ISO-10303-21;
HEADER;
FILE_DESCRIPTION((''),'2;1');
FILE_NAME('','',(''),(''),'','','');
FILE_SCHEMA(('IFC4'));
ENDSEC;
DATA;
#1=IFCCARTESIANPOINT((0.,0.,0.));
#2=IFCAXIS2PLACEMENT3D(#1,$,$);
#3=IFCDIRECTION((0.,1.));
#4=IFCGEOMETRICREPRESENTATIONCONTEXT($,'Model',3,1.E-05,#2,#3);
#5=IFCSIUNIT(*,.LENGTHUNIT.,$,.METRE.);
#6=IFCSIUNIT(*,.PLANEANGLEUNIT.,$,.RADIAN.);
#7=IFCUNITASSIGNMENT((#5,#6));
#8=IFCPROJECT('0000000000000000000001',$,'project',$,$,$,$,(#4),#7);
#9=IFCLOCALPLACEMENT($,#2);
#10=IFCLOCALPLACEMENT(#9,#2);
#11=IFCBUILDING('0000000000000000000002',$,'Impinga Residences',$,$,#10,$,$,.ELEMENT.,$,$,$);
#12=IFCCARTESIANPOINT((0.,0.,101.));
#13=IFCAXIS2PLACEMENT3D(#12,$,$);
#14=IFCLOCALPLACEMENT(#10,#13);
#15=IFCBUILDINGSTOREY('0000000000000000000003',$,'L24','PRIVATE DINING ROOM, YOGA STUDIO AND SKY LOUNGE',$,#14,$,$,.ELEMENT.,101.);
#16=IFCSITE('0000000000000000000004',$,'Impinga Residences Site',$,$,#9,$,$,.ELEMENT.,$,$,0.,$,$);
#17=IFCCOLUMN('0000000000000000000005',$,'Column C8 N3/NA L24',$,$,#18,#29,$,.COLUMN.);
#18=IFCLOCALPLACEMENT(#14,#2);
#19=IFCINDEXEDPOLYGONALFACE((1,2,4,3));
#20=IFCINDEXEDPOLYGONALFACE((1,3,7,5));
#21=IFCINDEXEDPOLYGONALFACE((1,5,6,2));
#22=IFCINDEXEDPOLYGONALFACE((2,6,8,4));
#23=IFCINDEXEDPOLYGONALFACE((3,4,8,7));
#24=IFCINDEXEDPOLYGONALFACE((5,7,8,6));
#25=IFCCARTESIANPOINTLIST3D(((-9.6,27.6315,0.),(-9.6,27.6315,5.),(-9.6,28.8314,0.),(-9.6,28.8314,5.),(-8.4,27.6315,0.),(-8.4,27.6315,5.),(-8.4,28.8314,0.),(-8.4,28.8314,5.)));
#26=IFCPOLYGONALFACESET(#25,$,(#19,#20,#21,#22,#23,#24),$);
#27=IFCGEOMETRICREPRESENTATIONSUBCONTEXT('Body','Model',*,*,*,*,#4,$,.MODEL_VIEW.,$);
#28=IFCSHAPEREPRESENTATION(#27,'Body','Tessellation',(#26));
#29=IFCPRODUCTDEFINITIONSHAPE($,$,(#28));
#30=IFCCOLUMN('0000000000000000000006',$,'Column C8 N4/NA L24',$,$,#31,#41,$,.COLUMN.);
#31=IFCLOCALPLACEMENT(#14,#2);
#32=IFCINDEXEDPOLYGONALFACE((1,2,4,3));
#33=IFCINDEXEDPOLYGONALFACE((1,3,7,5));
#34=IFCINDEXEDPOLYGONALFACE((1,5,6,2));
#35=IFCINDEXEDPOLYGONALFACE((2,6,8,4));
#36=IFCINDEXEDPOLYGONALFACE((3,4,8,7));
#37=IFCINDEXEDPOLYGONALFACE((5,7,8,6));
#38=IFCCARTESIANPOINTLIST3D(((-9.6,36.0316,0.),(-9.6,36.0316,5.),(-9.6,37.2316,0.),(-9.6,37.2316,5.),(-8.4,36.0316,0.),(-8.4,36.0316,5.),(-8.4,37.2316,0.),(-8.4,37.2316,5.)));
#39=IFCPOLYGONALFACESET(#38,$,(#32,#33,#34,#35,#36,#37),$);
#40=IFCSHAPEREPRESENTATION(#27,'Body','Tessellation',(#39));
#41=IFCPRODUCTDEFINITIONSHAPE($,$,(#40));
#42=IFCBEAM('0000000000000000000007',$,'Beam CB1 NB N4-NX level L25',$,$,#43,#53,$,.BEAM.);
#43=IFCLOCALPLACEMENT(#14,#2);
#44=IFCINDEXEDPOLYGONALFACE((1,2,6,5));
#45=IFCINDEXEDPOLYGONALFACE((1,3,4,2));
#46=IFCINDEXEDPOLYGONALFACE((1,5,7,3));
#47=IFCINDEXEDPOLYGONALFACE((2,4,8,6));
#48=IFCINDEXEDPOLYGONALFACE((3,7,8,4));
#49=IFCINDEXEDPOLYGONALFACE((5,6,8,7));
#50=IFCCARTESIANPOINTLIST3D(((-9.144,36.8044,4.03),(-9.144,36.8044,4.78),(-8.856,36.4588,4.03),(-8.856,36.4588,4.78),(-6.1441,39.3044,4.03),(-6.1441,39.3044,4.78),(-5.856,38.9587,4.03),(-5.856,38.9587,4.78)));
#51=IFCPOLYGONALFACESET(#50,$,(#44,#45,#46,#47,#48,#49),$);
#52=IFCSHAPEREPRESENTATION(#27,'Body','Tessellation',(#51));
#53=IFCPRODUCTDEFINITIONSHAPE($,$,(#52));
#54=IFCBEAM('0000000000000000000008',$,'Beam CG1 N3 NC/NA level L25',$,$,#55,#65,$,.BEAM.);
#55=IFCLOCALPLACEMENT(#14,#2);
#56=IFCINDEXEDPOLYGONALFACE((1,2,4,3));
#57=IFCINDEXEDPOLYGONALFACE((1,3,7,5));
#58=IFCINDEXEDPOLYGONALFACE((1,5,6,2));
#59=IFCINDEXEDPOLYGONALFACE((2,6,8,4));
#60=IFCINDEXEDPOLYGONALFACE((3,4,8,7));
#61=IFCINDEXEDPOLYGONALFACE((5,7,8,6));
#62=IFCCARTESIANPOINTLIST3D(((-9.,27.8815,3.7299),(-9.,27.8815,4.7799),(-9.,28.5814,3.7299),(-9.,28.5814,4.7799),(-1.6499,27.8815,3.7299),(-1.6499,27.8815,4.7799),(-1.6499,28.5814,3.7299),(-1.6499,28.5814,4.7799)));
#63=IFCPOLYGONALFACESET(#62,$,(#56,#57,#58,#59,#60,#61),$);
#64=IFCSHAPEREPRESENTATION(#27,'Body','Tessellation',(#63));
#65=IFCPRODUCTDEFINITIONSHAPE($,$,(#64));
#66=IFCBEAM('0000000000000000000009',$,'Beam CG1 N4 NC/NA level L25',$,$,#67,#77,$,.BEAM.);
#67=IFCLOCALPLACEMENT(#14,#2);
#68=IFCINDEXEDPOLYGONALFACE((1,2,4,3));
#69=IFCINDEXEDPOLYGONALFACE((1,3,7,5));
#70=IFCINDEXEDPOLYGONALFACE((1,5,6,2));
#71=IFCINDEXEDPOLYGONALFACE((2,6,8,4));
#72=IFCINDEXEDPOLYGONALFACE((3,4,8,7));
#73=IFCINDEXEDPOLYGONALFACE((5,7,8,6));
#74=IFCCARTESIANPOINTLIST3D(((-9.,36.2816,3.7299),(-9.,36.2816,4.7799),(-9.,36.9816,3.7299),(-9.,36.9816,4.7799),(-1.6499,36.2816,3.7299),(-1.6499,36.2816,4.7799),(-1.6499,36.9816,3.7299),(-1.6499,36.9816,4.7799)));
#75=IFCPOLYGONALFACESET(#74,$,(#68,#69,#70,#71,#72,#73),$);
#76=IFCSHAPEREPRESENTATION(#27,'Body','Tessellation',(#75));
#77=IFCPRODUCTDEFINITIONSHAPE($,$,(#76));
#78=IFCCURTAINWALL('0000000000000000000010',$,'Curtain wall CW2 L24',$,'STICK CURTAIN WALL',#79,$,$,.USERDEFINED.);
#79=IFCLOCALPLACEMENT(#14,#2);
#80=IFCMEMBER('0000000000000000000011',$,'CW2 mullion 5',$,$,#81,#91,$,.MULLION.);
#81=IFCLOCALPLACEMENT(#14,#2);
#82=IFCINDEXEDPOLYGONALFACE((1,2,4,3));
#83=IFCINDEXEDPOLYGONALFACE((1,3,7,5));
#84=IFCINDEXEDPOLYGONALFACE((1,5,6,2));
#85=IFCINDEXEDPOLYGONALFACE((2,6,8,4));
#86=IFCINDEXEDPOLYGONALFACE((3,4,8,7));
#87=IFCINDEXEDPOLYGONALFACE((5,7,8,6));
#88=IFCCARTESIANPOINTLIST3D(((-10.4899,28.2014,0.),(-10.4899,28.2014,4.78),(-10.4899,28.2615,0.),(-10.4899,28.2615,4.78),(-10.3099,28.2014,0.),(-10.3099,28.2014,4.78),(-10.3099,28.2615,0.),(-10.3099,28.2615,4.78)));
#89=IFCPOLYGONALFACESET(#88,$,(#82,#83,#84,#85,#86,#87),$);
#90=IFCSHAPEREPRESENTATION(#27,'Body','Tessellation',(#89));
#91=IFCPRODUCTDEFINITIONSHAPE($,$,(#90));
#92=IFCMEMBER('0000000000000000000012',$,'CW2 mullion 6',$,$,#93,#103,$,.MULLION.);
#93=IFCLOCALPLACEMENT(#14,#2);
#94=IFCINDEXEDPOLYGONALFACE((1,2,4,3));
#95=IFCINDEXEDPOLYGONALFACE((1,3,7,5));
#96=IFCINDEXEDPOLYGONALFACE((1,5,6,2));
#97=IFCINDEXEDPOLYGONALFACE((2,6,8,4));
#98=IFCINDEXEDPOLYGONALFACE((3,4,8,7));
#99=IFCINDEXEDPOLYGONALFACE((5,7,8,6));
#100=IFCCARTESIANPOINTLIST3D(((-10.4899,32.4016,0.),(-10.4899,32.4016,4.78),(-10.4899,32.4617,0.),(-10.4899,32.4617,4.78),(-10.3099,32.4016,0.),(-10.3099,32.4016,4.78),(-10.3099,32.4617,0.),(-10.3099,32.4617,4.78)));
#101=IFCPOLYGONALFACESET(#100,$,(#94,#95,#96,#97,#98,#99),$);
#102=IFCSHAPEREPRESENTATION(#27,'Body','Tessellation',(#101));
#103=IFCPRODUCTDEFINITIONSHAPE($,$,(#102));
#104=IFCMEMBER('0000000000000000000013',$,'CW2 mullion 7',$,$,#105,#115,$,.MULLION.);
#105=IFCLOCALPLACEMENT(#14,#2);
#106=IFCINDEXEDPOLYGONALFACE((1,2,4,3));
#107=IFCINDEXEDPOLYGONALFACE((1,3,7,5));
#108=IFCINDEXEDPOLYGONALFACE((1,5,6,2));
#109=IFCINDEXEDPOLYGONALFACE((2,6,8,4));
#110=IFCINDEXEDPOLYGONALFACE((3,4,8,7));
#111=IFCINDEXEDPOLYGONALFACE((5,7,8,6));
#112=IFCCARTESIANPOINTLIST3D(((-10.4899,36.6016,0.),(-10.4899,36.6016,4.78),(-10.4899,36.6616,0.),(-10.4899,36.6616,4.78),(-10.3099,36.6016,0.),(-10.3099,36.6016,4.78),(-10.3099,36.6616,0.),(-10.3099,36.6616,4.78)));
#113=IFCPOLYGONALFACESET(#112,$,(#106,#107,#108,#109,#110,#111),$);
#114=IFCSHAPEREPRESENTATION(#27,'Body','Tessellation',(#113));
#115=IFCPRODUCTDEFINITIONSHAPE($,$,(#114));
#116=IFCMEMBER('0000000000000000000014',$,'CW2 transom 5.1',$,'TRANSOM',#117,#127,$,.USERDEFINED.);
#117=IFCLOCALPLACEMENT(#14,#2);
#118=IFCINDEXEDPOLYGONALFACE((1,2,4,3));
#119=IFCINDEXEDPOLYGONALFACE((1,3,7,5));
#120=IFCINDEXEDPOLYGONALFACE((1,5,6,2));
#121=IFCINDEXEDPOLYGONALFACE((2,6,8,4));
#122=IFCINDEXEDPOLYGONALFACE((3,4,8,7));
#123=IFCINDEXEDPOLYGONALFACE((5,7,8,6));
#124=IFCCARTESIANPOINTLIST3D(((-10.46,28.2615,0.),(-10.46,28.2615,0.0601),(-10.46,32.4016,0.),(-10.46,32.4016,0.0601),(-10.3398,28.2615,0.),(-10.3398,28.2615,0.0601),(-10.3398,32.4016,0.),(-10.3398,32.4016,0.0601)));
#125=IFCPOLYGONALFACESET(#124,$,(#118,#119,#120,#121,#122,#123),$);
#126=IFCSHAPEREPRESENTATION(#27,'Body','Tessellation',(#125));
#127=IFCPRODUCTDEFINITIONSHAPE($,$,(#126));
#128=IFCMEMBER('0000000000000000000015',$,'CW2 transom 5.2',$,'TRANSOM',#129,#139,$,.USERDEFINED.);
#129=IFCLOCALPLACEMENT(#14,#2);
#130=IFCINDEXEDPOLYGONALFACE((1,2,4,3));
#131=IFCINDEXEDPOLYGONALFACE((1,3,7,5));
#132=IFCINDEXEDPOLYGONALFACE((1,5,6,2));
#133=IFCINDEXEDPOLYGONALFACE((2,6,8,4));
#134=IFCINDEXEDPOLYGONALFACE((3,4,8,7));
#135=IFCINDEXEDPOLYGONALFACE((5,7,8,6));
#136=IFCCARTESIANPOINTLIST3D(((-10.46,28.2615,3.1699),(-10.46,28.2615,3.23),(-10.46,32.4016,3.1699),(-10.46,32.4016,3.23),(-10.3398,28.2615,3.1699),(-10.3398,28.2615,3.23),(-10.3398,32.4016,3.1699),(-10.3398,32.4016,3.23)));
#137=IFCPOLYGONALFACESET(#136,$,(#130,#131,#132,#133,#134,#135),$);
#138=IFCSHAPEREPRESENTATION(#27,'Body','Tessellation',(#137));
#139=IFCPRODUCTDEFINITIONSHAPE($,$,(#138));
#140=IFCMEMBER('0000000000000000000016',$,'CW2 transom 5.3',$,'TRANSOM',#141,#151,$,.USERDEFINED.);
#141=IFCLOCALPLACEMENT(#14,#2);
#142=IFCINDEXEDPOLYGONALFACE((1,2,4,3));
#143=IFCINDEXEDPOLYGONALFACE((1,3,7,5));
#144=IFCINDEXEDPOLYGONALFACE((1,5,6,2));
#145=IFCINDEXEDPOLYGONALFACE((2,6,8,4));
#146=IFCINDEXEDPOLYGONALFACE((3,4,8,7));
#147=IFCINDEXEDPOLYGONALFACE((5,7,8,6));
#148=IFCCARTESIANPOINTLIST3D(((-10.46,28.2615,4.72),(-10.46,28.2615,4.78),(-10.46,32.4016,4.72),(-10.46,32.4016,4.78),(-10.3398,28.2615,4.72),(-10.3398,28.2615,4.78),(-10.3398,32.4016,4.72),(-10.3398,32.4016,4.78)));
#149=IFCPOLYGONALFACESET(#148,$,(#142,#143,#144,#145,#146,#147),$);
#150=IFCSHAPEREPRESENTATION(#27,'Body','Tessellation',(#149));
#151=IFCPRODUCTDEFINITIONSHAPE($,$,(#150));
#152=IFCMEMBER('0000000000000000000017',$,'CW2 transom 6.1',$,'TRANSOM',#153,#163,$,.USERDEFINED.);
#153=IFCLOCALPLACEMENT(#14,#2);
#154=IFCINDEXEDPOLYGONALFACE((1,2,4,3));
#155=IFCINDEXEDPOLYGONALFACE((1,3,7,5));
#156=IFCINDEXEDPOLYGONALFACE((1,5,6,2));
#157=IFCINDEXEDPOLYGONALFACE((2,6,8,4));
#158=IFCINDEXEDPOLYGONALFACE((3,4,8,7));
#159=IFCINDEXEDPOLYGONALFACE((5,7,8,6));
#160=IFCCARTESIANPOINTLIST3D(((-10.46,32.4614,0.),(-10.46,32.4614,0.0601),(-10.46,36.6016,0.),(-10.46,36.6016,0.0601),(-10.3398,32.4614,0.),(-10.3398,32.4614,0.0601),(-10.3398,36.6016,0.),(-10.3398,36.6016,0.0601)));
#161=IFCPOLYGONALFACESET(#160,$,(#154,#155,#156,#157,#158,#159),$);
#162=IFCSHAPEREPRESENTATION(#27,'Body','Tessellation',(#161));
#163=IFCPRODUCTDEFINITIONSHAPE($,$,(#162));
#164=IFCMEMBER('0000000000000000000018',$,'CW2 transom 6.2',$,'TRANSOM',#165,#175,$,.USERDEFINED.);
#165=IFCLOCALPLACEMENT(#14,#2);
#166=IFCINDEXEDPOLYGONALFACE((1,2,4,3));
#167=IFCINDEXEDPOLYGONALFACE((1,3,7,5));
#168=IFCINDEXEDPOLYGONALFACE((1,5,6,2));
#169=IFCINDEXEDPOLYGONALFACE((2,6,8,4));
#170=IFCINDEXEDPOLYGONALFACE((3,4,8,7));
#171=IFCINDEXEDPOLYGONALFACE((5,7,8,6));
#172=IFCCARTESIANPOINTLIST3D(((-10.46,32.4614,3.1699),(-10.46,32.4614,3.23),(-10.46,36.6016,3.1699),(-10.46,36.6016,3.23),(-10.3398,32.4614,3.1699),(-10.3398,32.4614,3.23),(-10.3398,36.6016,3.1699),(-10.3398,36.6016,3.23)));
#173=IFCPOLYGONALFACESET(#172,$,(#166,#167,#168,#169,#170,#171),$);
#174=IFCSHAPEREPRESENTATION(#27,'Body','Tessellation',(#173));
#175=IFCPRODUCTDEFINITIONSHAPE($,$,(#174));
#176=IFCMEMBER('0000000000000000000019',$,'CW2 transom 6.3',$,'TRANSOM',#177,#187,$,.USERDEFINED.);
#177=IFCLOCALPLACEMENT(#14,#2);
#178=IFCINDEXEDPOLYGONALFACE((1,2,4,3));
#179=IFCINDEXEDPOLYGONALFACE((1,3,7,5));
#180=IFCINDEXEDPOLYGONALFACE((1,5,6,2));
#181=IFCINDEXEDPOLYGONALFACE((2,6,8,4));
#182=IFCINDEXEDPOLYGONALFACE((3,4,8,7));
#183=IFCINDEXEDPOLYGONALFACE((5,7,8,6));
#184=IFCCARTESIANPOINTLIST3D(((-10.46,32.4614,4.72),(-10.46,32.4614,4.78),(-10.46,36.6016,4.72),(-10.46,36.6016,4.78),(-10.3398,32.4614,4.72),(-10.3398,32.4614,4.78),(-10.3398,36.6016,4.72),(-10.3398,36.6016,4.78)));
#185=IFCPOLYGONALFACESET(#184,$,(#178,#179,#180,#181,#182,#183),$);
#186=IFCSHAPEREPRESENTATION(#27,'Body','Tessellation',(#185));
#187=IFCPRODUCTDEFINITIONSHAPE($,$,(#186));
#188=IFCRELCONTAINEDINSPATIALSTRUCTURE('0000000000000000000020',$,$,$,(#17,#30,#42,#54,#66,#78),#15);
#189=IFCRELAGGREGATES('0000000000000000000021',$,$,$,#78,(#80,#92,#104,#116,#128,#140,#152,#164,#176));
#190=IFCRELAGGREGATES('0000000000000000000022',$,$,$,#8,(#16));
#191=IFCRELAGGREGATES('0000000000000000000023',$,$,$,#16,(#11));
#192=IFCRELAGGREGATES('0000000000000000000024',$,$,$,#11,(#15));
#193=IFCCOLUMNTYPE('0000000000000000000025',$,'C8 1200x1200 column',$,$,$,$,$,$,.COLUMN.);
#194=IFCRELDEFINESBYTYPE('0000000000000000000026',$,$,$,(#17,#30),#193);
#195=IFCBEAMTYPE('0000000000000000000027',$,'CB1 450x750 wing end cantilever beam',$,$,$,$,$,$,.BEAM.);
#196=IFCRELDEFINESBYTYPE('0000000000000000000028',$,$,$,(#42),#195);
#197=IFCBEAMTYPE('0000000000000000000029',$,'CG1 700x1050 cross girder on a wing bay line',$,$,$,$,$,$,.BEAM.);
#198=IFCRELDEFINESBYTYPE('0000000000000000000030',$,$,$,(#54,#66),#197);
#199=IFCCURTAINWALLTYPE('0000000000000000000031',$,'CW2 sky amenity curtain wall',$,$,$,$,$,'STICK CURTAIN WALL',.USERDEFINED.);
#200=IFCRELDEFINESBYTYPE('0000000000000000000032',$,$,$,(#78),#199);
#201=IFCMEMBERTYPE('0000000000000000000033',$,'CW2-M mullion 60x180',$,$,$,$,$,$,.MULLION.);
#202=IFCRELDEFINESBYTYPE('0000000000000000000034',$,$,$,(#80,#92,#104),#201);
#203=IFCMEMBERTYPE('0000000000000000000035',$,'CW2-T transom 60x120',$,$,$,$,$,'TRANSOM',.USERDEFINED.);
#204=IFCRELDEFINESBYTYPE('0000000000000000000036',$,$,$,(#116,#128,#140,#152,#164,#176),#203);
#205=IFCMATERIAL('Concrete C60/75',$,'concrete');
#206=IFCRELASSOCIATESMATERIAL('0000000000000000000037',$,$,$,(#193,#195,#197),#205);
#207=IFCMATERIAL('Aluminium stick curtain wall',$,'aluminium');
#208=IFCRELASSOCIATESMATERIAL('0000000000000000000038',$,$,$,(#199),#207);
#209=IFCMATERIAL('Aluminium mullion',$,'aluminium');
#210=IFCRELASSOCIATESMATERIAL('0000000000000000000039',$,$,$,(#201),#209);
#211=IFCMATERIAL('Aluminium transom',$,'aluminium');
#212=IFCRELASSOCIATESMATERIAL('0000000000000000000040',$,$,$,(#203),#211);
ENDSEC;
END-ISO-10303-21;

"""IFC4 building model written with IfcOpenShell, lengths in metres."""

from ifc_helpers import new_model, si_unit, direction, frame, origin, origin_2d, place, context, subcontext, project, spatial, rectangle, extrude, material, material_profile, profile_set, type_object, element, aggregate, save


model = new_model("IFC4")

# Units and contexts
model_context = context("Model", 3, precision=1e-05, world=origin(), true_north=direction((0.0, 1.0)))
body_context = subcontext(model_context, "Body", "Model", "MODEL_VIEW")
ifc_project = project(units=[si_unit("LENGTHUNIT", "METRE"), si_unit("PLANEANGLEUNIT", "RADIAN")], contexts=[model_context])

# Site, building, storey
site_placement = place(None, origin())
site = spatial("IfcSite", under=ifc_project, at=site_placement, Name="Impinga Residences Site", CompositionType="ELEMENT", RefElevation=0.0)
building_placement = place(site_placement, origin())
building = spatial("IfcBuilding", under=site, at=building_placement, Name="Impinga Residences", CompositionType="ELEMENT")
storey_placement = place(building_placement, frame((0.0, 0.0, 101.0)))
storey = spatial("IfcBuildingStorey", under=building, at=storey_placement, Name="L24", Description="PRIVATE DINING ROOM, YOGA STUDIO AND SKY LOUNGE", CompositionType="ELEMENT", Elevation=101.0)

# Columns
ifc_material_1 = material(Name="Concrete C60/75", Category="concrete")
ifc_material_profile_1 = material_profile(ifc_material_1, rectangle(XDim=1.2, YDim=1.2, at=origin_2d()), Name="RC 1200x1200")
ifc_profile_set_1 = profile_set([ifc_material_profile_1], Name="Concrete C60/75")
column_type = type_object("IfcColumnType", Name="C8 1200x1200 column", PredefinedType="COLUMN", material=ifc_profile_set_1)
for number, where, z_axis, x_axis, name in (
    (1, (-9.0, 28.2314, 0.0), (0.0, 0.0, 1.0), (1.0, 0.0, 0.0), "Column C8 N3/NA L24"),
    (2, (-9.0, 36.6316, 0.0), (0.0, 0.0, 1.0), (1.0, 0.0, 0.0), "Column C8 N4/NA L24"),
):
    element("IfcColumn", number, at=place(storey_placement, frame(where, z_axis=z_axis, x_axis=x_axis)), inside=storey, type_object=column_type, Name=name, PredefinedType="COLUMN", context=body_context, shape_type="SweptSolid", body=[
        extrude(rectangle(XDim=1.2, YDim=1.2, at=origin_2d()), origin(), (0.0, 0.0, 1.0), 5.0),
    ])

# Beams
ifc_material_profile_2 = material_profile(ifc_material_1, rectangle(XDim=0.45, YDim=0.75, at=origin_2d()), Name="RC 450x750")
ifc_profile_set_2 = profile_set([ifc_material_profile_2], Name="Concrete C60/75")
beam_type_1 = type_object("IfcBeamType", Name="CB1 450x750 wing end cantilever beam", PredefinedType="BEAM", material=ifc_profile_set_2)
beam_1_placement = place(storey_placement, frame((-9.0, 36.6316, 4.405), z_axis=(0.768221, 0.640184, 0.0), x_axis=(-0.640184, 0.768221, 0.0)))
element("IfcBeam", 3, at=beam_1_placement, inside=storey, type_object=beam_type_1, Name="Beam CB1 NB N4-NX level L25", PredefinedType="BEAM", context=body_context, shape_type="SweptSolid", body=[
    extrude(rectangle(XDim=0.45, YDim=0.75, at=origin_2d()), origin(), (0.0, 0.0, 1.0), 3.905),
])
ifc_material_profile_3 = material_profile(ifc_material_1, rectangle(XDim=0.7, YDim=1.05, at=origin_2d()), Name="RC 700x1050")
ifc_profile_set_3 = profile_set([ifc_material_profile_3], Name="Concrete C60/75")
beam_type_2 = type_object("IfcBeamType", Name="CG1 700x1050 cross girder on a wing bay line", PredefinedType="BEAM", material=ifc_profile_set_3)
for number, where, z_axis, x_axis, name in (
    (4, (-1.6499, 28.2314, 4.2549), (-1.0, 0.0, 0.0), (0.0, -1.0, 0.0), "Beam CG1 N3 NC/NA level L25"),
    (5, (-1.6499, 36.6316, 4.2549), (-1.0, 0.0, 0.0), (0.0, -1.0, 0.0), "Beam CG1 N4 NC/NA level L25"),
):
    element("IfcBeam", number, at=place(storey_placement, frame(where, z_axis=z_axis, x_axis=x_axis)), inside=storey, type_object=beam_type_2, Name=name, PredefinedType="BEAM", context=body_context, shape_type="SweptSolid", body=[
        extrude(rectangle(XDim=0.7, YDim=1.05, at=origin_2d()), origin(), (0.0, 0.0, 1.0), 7.3501),
    ])

# Curtain wall, members
ifc_material_2 = material(Name="Aluminium stick curtain wall", Category="aluminium")
curtain_wall_type = type_object("IfcCurtainWallType", Name="CW2 sky amenity curtain wall", ElementType="STICK CURTAIN WALL", PredefinedType="USERDEFINED", material=ifc_material_2)
curtain_wall_placement = place(storey_placement, origin())
curtain_wall = element("IfcCurtainWall", 6, at=curtain_wall_placement, inside=storey, type_object=curtain_wall_type, Name="Curtain wall CW2 L24", ObjectType="STICK CURTAIN WALL", PredefinedType="USERDEFINED")
ifc_material_3 = material(Name="Aluminium mullion", Category="aluminium")
ifc_material_profile_4 = material_profile(ifc_material_3, rectangle(XDim=0.0601, YDim=0.1799, at=origin_2d()), Name="60x180 mullion")
ifc_profile_set_4 = profile_set([ifc_material_profile_4], Name="Aluminium mullion")
member_type_1 = type_object("IfcMemberType", Name="CW2-M mullion 60x180", PredefinedType="MULLION", material=ifc_profile_set_4)
member_1_placement = place(storey_placement, frame((-10.3999, 28.2314, 0.0), z_axis=(0.0, 0.0, 1.0), x_axis=(0.0, 1.0, 0.0)))
member_1 = element("IfcMember", 7, at=member_1_placement, type_object=member_type_1, Name="CW2 mullion 5", PredefinedType="MULLION", context=body_context, shape_type="SweptSolid", body=[
    extrude(rectangle(XDim=0.0601, YDim=0.1799, at=origin_2d()), origin(), (0.0, 0.0, 1.0), 4.78),
])
member_2_placement = place(storey_placement, frame((-10.3999, 32.4316, 0.0), z_axis=(0.0, 0.0, 1.0), x_axis=(0.0, 1.0, 0.0)))
member_2 = element("IfcMember", 8, at=member_2_placement, type_object=member_type_1, Name="CW2 mullion 6", PredefinedType="MULLION", context=body_context, shape_type="SweptSolid", body=[
    extrude(rectangle(XDim=0.0601, YDim=0.1799, at=origin_2d()), origin(), (0.0, 0.0, 1.0), 4.78),
])
member_3_placement = place(storey_placement, frame((-10.3999, 36.6316, 0.0), z_axis=(0.0, 0.0, 1.0), x_axis=(0.0, 1.0, 0.0)))
member_3 = element("IfcMember", 9, at=member_3_placement, type_object=member_type_1, Name="CW2 mullion 7", PredefinedType="MULLION", context=body_context, shape_type="SweptSolid", body=[
    extrude(rectangle(XDim=0.0601, YDim=0.1799, at=origin_2d()), origin(), (0.0, 0.0, 1.0), 4.78),
])
ifc_material_4 = material(Name="Aluminium transom", Category="aluminium")
ifc_material_profile_5 = material_profile(ifc_material_4, rectangle(XDim=0.0601, YDim=0.1201, at=origin_2d()), Name="60x120 transom")
ifc_profile_set_5 = profile_set([ifc_material_profile_5], Name="Aluminium transom")
member_type_2 = type_object("IfcMemberType", Name="CW2-T transom 60x120", ElementType="TRANSOM", PredefinedType="USERDEFINED", material=ifc_profile_set_5)
member_4_placement = place(storey_placement, frame((-10.3999, 28.2615, 0.03), z_axis=(0.0, 1.0, 0.0), x_axis=(0.0, 0.0, 1.0)))
member_4 = element("IfcMember", 10, at=member_4_placement, type_object=member_type_2, Name="CW2 transom 5.1", ObjectType="TRANSOM", PredefinedType="USERDEFINED", context=body_context, shape_type="SweptSolid", body=[
    extrude(rectangle(XDim=0.0601, YDim=0.1201, at=origin_2d()), origin(), (0.0, 0.0, 1.0), 4.1401),
])
member_5_placement = place(storey_placement, frame((-10.3999, 28.2615, 3.2), z_axis=(0.0, 1.0, 0.0), x_axis=(0.0, 0.0, 1.0)))
member_5 = element("IfcMember", 11, at=member_5_placement, type_object=member_type_2, Name="CW2 transom 5.2", ObjectType="TRANSOM", PredefinedType="USERDEFINED", context=body_context, shape_type="SweptSolid", body=[
    extrude(rectangle(XDim=0.0601, YDim=0.1201, at=origin_2d()), origin(), (0.0, 0.0, 1.0), 4.1401),
])
member_6_placement = place(storey_placement, frame((-10.3999, 28.2615, 4.75), z_axis=(0.0, 1.0, 0.0), x_axis=(0.0, 0.0, 1.0)))
member_6 = element("IfcMember", 12, at=member_6_placement, type_object=member_type_2, Name="CW2 transom 5.3", ObjectType="TRANSOM", PredefinedType="USERDEFINED", context=body_context, shape_type="SweptSolid", body=[
    extrude(rectangle(XDim=0.0601, YDim=0.1201, at=origin_2d()), origin(), (0.0, 0.0, 1.0), 4.1401),
])
member_7_placement = place(storey_placement, frame((-10.3999, 32.4614, 0.03), z_axis=(0.0, 1.0, 0.0), x_axis=(0.0, 0.0, 1.0)))
member_7 = element("IfcMember", 13, at=member_7_placement, type_object=member_type_2, Name="CW2 transom 6.1", ObjectType="TRANSOM", PredefinedType="USERDEFINED", context=body_context, shape_type="SweptSolid", body=[
    extrude(rectangle(XDim=0.0601, YDim=0.1201, at=origin_2d()), origin(), (0.0, 0.0, 1.0), 4.1401),
])
member_8_placement = place(storey_placement, frame((-10.3999, 32.4614, 3.2), z_axis=(0.0, 1.0, 0.0), x_axis=(0.0, 0.0, 1.0)))
member_8 = element("IfcMember", 14, at=member_8_placement, type_object=member_type_2, Name="CW2 transom 6.2", ObjectType="TRANSOM", PredefinedType="USERDEFINED", context=body_context, shape_type="SweptSolid", body=[
    extrude(rectangle(XDim=0.0601, YDim=0.1201, at=origin_2d()), origin(), (0.0, 0.0, 1.0), 4.1401),
])
member_9_placement = place(storey_placement, frame((-10.3999, 32.4614, 4.75), z_axis=(0.0, 1.0, 0.0), x_axis=(0.0, 0.0, 1.0)))
member_9 = element("IfcMember", 15, at=member_9_placement, type_object=member_type_2, Name="CW2 transom 6.3", ObjectType="TRANSOM", PredefinedType="USERDEFINED", context=body_context, shape_type="SweptSolid", body=[
    extrude(rectangle(XDim=0.0601, YDim=0.1201, at=origin_2d()), origin(), (0.0, 0.0, 1.0), 4.1401),
])

aggregate(curtain_wall, [member_1, member_2, member_3, member_4, member_5, member_6, member_7, member_8, member_9])

save(model, "model.ifc")
